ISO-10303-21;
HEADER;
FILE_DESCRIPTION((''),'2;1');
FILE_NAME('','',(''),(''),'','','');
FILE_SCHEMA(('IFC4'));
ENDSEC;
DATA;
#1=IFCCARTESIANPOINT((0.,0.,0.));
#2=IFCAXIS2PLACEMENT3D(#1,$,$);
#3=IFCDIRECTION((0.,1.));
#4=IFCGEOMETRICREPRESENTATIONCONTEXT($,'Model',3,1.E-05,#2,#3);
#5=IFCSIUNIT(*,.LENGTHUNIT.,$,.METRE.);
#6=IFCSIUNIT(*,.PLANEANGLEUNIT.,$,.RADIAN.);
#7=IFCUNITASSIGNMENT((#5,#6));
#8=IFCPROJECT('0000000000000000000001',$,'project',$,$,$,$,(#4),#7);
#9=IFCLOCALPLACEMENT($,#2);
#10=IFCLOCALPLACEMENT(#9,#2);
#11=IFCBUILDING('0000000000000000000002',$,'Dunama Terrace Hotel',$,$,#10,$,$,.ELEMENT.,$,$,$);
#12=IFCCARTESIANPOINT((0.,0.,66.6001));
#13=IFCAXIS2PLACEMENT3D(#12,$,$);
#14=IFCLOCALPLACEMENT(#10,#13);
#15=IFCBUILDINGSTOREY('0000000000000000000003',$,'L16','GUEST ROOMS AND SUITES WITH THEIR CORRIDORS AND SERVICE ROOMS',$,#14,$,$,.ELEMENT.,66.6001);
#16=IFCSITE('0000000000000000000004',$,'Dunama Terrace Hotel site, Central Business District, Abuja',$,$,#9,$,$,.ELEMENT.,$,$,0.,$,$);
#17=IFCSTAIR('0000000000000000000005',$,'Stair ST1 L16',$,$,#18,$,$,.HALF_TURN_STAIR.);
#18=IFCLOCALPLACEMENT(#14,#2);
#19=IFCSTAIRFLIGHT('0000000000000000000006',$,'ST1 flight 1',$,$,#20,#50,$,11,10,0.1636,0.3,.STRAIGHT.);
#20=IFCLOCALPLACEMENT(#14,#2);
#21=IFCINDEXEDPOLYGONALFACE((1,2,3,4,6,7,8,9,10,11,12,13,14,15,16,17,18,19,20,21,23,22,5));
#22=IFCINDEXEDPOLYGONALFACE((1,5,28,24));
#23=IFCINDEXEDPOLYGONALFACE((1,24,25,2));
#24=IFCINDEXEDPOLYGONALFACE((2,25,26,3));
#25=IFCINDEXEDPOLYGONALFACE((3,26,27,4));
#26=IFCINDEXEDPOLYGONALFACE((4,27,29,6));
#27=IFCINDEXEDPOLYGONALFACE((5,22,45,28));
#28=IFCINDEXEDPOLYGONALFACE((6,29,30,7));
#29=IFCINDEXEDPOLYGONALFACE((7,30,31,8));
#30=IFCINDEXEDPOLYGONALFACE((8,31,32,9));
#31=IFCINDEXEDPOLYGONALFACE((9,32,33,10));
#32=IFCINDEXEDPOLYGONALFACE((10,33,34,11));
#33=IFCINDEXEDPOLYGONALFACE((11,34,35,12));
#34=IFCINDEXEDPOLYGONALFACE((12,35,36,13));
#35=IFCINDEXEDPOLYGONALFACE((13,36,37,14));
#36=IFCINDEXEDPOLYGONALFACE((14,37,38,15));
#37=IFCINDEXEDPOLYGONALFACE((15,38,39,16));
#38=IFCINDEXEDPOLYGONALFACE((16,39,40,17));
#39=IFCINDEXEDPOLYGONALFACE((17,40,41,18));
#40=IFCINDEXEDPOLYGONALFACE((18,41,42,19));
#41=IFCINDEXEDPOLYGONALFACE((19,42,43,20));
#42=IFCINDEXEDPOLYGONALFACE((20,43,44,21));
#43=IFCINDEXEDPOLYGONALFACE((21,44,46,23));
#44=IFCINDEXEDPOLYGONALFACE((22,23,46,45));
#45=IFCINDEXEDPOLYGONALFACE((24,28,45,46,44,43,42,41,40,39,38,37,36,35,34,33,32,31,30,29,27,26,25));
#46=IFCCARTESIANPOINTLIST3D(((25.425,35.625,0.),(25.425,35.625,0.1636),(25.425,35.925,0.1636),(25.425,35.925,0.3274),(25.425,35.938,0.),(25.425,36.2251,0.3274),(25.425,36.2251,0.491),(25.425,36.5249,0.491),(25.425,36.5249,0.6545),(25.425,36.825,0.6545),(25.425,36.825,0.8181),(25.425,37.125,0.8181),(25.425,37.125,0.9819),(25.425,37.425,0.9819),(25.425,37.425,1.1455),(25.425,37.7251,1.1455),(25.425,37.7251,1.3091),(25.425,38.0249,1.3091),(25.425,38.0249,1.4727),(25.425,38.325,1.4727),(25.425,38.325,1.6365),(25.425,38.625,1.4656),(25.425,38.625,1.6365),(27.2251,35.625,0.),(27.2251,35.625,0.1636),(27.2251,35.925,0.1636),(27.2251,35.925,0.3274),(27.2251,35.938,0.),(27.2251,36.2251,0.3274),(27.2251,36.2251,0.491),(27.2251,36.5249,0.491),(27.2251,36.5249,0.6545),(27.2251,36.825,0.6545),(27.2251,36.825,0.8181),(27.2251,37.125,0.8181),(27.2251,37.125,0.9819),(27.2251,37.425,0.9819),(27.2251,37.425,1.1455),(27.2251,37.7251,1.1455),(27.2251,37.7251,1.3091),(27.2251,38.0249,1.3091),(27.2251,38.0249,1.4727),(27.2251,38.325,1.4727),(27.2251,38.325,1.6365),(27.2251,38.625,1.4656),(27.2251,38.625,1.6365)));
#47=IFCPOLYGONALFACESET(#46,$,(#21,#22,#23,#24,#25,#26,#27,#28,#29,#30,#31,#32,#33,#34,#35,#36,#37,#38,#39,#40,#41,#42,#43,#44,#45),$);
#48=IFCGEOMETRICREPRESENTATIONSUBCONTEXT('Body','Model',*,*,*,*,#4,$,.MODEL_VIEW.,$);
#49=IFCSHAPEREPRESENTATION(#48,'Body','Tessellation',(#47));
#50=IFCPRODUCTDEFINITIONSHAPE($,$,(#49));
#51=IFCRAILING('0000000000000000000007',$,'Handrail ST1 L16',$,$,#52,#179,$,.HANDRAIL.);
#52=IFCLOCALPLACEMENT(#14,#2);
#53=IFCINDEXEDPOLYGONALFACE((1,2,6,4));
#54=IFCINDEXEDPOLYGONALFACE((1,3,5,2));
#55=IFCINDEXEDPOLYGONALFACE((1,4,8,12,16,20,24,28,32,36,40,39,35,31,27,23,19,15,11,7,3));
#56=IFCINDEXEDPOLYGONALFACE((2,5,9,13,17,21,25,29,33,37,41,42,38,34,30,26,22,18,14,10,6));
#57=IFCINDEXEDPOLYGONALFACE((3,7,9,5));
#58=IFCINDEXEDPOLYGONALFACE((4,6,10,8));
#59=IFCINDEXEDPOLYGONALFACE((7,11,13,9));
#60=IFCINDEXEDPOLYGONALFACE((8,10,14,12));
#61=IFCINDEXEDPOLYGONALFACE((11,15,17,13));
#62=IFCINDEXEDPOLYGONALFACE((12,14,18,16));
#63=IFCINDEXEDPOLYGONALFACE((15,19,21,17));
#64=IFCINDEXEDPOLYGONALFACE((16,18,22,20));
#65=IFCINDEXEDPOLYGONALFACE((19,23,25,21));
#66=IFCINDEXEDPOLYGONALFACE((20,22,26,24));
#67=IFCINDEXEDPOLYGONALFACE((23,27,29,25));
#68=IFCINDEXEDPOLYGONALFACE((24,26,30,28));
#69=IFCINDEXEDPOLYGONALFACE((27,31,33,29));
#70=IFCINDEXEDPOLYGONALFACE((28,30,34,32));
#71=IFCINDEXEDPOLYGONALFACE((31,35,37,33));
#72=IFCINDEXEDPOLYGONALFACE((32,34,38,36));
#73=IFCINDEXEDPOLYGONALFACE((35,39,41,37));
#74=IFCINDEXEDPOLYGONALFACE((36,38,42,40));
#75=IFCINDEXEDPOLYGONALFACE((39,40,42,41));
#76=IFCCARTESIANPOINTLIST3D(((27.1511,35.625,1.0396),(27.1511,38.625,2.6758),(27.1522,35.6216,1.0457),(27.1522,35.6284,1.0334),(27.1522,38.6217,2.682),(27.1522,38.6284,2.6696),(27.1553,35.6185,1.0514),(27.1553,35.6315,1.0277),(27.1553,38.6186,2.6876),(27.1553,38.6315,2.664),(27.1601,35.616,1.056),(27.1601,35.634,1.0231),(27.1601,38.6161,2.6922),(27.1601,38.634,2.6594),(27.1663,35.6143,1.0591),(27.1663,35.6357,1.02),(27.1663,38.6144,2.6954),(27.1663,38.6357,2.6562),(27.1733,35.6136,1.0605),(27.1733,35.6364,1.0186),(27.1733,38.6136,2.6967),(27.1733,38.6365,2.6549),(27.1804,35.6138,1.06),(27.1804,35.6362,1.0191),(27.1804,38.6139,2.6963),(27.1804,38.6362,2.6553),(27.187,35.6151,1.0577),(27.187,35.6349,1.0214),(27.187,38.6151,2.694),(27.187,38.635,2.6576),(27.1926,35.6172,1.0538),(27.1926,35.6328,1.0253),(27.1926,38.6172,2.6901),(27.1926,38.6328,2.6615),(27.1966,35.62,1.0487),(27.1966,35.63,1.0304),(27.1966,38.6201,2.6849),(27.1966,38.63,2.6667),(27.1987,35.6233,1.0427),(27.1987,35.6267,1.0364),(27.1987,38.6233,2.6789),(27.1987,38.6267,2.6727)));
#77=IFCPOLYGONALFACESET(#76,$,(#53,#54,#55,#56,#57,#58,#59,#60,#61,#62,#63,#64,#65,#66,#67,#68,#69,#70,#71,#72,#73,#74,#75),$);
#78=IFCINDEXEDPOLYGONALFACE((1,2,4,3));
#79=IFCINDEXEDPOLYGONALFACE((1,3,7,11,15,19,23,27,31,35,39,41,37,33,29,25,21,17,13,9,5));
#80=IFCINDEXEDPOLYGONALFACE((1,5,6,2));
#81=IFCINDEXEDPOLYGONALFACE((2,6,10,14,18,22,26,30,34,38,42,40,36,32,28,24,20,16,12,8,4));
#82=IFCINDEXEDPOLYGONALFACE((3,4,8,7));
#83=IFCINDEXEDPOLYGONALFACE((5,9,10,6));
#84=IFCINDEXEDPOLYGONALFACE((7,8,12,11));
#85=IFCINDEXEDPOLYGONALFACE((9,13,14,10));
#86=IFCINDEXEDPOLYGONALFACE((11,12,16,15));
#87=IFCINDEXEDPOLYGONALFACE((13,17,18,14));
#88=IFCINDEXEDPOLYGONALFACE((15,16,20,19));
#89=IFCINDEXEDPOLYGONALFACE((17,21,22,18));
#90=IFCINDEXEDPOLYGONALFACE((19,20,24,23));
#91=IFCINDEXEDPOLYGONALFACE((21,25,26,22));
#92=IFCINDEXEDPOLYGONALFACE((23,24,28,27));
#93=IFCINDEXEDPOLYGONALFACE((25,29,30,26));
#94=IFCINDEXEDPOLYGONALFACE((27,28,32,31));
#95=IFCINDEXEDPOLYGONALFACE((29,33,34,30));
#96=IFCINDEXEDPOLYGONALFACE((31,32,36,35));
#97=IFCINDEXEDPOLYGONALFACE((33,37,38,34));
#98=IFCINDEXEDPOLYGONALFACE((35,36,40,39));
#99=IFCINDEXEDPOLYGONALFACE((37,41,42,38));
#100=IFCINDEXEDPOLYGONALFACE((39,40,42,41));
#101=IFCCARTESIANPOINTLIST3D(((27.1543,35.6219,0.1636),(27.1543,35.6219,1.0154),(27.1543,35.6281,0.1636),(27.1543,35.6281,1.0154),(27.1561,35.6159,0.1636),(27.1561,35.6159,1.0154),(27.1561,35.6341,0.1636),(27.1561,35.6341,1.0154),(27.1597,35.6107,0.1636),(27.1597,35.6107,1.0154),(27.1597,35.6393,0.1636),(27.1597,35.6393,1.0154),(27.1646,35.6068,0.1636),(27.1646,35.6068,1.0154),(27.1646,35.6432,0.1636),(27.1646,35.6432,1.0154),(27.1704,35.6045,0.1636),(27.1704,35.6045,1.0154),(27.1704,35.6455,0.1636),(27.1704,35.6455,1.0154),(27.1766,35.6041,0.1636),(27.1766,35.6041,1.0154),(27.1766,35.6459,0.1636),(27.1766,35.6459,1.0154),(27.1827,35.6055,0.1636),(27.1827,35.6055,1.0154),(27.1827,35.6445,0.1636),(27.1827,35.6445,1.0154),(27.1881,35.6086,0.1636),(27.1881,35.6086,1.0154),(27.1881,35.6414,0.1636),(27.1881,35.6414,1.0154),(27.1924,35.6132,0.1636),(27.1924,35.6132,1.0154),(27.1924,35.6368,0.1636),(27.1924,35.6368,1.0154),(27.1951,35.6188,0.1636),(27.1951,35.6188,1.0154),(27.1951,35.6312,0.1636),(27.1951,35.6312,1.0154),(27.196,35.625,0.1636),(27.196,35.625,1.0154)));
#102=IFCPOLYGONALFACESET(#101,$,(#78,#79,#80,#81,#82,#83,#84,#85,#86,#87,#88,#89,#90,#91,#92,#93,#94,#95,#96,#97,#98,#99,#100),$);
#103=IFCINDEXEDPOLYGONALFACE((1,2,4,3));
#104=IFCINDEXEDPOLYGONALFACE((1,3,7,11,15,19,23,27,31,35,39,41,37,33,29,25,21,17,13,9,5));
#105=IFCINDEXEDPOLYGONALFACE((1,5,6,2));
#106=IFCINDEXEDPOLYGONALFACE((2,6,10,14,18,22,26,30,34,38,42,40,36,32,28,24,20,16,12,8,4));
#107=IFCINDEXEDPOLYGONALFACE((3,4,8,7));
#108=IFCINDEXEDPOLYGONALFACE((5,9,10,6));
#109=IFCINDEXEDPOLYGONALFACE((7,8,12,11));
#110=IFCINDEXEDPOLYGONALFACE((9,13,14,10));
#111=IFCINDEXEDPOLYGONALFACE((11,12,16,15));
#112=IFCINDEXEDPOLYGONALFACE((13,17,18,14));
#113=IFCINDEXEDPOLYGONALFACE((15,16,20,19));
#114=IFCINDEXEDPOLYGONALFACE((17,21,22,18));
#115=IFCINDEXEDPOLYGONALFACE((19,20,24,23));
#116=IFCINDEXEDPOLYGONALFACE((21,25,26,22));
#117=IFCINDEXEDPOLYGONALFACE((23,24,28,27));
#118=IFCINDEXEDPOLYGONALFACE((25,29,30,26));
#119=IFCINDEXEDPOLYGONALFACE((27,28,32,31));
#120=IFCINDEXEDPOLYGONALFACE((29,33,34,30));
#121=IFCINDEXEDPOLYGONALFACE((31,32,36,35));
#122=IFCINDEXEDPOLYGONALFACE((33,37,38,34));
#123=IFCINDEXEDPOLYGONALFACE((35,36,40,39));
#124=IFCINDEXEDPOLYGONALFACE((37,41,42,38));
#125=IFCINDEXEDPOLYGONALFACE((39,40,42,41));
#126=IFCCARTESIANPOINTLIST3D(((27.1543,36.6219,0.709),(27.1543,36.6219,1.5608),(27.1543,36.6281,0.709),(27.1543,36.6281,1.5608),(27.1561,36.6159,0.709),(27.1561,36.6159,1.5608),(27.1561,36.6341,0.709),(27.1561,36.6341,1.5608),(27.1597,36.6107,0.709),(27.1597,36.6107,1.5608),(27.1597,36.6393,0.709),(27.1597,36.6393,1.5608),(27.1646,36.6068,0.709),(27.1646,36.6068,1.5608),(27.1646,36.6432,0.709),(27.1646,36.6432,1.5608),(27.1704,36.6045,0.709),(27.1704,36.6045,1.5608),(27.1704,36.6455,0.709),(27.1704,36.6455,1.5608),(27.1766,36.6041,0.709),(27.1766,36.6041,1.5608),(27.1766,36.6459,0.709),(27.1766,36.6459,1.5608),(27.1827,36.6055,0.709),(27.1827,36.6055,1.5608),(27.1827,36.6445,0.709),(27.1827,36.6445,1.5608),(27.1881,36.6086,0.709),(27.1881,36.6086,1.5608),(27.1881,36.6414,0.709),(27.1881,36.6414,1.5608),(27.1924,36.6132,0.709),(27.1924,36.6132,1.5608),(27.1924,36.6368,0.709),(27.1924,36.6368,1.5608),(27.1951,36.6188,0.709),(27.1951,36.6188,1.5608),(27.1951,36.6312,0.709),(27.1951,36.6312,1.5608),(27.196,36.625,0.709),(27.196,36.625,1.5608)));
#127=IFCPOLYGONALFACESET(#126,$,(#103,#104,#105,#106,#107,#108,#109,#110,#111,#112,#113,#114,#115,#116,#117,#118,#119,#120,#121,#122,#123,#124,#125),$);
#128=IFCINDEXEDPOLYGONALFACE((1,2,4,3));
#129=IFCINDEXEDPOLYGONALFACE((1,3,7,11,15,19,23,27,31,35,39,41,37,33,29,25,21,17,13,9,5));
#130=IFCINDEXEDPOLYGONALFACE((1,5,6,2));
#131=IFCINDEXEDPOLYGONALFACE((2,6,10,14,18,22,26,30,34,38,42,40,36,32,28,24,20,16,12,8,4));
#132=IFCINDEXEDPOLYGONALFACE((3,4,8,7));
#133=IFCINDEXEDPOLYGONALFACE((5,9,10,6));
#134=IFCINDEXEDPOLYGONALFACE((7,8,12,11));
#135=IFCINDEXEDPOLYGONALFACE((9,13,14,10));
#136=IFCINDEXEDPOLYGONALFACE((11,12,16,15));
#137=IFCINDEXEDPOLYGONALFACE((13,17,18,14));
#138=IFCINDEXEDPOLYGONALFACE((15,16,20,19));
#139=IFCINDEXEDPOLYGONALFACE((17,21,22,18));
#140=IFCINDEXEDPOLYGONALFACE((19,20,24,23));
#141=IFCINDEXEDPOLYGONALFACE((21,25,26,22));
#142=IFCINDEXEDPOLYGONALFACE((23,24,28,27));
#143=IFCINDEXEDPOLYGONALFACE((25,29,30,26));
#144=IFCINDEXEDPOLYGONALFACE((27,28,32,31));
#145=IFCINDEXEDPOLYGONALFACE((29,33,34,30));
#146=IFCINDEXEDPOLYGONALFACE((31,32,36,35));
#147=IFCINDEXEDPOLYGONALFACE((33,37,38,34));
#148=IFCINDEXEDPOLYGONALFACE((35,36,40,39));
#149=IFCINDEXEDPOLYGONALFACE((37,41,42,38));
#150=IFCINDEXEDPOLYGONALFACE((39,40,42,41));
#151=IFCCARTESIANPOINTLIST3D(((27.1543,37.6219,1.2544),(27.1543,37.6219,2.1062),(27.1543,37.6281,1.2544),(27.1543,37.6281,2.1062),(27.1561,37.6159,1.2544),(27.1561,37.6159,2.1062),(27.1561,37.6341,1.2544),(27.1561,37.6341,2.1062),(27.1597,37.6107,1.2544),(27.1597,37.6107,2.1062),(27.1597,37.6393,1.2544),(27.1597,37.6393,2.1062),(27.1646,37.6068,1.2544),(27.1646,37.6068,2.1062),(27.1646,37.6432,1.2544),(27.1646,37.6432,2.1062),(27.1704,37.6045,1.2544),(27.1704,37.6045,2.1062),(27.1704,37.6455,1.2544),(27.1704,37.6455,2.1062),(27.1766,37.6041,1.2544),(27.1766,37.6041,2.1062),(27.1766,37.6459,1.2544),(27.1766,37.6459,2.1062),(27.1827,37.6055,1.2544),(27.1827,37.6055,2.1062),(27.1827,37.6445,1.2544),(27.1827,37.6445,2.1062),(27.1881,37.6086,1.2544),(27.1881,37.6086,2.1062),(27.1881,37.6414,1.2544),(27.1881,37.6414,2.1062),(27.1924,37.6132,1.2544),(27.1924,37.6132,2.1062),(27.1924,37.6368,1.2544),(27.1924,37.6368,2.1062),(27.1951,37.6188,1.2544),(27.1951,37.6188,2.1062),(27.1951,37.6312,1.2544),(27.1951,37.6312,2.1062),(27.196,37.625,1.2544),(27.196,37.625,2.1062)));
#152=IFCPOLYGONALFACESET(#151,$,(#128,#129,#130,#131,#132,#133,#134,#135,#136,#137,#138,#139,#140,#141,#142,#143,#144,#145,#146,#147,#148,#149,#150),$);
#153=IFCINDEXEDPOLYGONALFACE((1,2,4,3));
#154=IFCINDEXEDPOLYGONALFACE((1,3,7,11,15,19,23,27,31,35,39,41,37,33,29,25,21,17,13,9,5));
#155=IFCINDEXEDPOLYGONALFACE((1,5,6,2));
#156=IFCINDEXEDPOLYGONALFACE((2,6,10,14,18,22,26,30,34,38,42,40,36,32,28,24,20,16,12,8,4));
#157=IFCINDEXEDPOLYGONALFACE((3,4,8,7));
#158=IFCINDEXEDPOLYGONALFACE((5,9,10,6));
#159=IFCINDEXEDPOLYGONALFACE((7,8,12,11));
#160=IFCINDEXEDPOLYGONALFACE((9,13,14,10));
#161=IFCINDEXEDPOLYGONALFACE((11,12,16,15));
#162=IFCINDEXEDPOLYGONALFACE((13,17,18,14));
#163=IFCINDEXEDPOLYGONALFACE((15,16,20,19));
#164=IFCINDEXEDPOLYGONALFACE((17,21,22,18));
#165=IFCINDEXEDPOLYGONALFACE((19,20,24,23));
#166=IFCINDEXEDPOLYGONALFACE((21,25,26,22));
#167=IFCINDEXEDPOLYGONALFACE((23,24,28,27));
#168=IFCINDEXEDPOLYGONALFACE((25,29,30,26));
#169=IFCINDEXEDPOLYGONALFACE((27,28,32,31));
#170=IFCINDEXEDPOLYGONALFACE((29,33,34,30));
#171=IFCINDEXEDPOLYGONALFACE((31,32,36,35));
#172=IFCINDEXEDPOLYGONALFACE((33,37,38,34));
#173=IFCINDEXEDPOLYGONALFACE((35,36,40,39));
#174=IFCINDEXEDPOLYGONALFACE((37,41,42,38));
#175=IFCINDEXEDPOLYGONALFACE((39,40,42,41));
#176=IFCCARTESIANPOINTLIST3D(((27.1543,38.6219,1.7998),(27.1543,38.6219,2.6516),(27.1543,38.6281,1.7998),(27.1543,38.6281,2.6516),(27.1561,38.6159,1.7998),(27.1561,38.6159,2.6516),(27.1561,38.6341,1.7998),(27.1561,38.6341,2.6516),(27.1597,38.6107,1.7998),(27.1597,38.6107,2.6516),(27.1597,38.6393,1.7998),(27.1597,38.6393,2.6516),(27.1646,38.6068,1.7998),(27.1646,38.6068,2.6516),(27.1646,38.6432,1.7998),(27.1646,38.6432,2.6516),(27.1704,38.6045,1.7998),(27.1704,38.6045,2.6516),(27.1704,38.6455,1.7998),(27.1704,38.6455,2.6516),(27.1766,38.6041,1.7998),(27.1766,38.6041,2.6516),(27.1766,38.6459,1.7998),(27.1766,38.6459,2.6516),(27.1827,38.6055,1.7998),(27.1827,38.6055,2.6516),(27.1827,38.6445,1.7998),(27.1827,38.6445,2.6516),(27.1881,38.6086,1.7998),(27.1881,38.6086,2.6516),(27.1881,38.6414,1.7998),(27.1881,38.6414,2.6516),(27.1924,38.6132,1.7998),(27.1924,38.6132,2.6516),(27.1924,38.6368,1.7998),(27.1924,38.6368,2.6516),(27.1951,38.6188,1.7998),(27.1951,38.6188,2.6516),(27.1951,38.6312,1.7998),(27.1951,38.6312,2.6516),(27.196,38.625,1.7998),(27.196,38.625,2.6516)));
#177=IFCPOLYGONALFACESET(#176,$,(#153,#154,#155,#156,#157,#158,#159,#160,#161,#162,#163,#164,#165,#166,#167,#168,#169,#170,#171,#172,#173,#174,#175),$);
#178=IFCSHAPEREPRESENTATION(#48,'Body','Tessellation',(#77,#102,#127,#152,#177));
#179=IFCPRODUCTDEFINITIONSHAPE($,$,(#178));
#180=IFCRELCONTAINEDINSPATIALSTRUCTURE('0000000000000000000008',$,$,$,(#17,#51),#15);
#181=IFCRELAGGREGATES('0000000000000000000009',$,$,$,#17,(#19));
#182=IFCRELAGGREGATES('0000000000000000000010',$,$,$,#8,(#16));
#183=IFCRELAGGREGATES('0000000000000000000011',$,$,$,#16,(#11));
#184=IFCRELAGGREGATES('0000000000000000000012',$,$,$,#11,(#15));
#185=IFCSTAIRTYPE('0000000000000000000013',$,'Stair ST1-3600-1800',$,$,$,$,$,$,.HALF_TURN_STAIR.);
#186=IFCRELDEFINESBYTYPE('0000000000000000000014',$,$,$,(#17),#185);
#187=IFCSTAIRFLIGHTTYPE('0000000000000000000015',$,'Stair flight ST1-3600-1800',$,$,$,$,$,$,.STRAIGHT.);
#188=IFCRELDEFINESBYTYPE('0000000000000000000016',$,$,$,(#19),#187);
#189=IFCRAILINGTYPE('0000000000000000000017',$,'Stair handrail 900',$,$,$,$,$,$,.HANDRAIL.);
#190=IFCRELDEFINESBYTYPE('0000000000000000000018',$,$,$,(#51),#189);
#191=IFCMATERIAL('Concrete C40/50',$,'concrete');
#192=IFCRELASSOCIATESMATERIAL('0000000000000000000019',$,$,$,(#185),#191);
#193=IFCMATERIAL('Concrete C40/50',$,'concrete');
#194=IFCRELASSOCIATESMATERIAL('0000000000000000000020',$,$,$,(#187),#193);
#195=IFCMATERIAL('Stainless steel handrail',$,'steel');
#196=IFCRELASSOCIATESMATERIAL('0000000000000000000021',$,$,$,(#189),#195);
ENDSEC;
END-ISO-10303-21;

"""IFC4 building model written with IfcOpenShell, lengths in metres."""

from ifc_helpers import new_model, si_unit, direction, frame, origin, origin_2d, place, context, subcontext, project, spatial, polyline, circle, outline, extrude, material, type_object, element, aggregate, save


model = new_model("IFC4")

# Units and contexts
model_context = context("Model", 3, precision=1e-05, world=origin(), true_north=direction((0.0, 1.0)))
body_context = subcontext(model_context, "Body", "Model", "MODEL_VIEW")
ifc_project = project(units=[si_unit("LENGTHUNIT", "METRE"), si_unit("PLANEANGLEUNIT", "RADIAN")], contexts=[model_context])

# Site, building, storey
site_placement = place(None, origin())
site = spatial("IfcSite", under=ifc_project, at=site_placement, Name="Dunama Terrace Hotel site, Central Business District, Abuja", CompositionType="ELEMENT", RefElevation=0.0)
building_placement = place(site_placement, origin())
building = spatial("IfcBuilding", under=site, at=building_placement, Name="Dunama Terrace Hotel", CompositionType="ELEMENT")
storey_placement = place(building_placement, frame((0.0, 0.0, 66.6001)))
storey = spatial("IfcBuildingStorey", under=building, at=storey_placement, Name="L16", Description="GUEST ROOMS AND SUITES WITH THEIR CORRIDORS AND SERVICE ROOMS", CompositionType="ELEMENT", Elevation=66.6001)

# Stair, stair flight
ifc_material_1 = material(Name="Concrete C40/50", Category="concrete")
stair_type = type_object("IfcStairType", Name="Stair ST1-3600-1800", PredefinedType="HALF_TURN_STAIR", material=ifc_material_1)
stair_placement = place(storey_placement, origin())
stair = element("IfcStair", 1, at=stair_placement, inside=storey, type_object=stair_type, Name="Stair ST1 L16", PredefinedType="HALF_TURN_STAIR")
ifc_material_2 = material(Name="Concrete C40/50", Category="concrete")
stair_flight_type = type_object("IfcStairFlightType", Name="Stair flight ST1-3600-1800", PredefinedType="STRAIGHT", material=ifc_material_2)
stair_flight_placement = place(storey_placement, frame((26.325, 35.625, 0.0), z_axis=(0.0, 0.0, 1.0), x_axis=(0.0, 1.0, 0.0)))
stair_flight = element("IfcStairFlight", 2, at=stair_flight_placement, type_object=stair_flight_type, Name="ST1 flight 1", NumberOfRisers=11, NumberOfTreads=10, PredefinedType="STRAIGHT", RiserHeight=0.1636, TreadLength=0.3, context=body_context, shape_type="SweptSolid", body=[
    extrude(outline(polyline([(0.0, 0.0), (0.0, 0.1636), (0.3, 0.1636), (0.3, 0.3274), (0.6001, 0.3274), (0.6001, 0.491), (0.8999, 0.491), (0.8999, 0.6545), (1.2, 0.6545), (1.2, 0.8181), (1.5, 0.8181), (1.5, 0.9819), (1.8, 0.9819), (1.8, 1.1455), (2.1001, 1.1455), (2.1001, 1.3091), (2.3999, 1.3091), (2.3999, 1.4727), (2.7, 1.4727), (2.7, 1.6365), (3.0, 1.6365), (3.0, 1.8), (3.0, 1.4656), (0.313, 0.0), (0.0, 0.0)])), frame((0.0, 0.8999, 0.0), z_axis=(0.0, -1.0, 0.0), x_axis=(1.0, 0.0, 0.0)), (0.0, 0.0, 1.0), 1.8),
])
aggregate(stair, [stair_flight])

# Railing
ifc_material_3 = material(Name="Stainless steel handrail", Category="steel")
railing_type = type_object("IfcRailingType", Name="Stair handrail 900", PredefinedType="HANDRAIL", material=ifc_material_3)
railing_placement = place(storey_placement, frame((27.175, 35.625, 0.1636)))
element("IfcRailing", 3, at=railing_placement, inside=storey, type_object=railing_type, Name="Handrail ST1 L16", PredefinedType="HANDRAIL", context=body_context, shape_type="SweptSolid", body=[
    extrude(circle(Radius=0.0239, at=origin_2d()), frame((0.0, 0.0, 0.876), z_axis=(0.0, 0.877912, 0.478822), x_axis=(-1.0, 0.0, 0.0)), (0.0, 0.0, 1.0), 3.4172),
    extrude(circle(Radius=0.021, at=origin_2d()), origin(), (0.0, 0.0, 1.0), 0.8518),
    extrude(circle(Radius=0.021, at=origin_2d()), frame((0.0, 1.0, 0.5454)), (0.0, 0.0, 1.0), 0.8518),
    extrude(circle(Radius=0.021, at=origin_2d()), frame((0.0, 2.0, 1.0908)), (0.0, 0.0, 1.0), 0.8518),
    extrude(circle(Radius=0.021, at=origin_2d()), frame((0.0, 3.0, 1.6362)), (0.0, 0.0, 1.0), 0.8518),
])

save(model, "model.ifc")
